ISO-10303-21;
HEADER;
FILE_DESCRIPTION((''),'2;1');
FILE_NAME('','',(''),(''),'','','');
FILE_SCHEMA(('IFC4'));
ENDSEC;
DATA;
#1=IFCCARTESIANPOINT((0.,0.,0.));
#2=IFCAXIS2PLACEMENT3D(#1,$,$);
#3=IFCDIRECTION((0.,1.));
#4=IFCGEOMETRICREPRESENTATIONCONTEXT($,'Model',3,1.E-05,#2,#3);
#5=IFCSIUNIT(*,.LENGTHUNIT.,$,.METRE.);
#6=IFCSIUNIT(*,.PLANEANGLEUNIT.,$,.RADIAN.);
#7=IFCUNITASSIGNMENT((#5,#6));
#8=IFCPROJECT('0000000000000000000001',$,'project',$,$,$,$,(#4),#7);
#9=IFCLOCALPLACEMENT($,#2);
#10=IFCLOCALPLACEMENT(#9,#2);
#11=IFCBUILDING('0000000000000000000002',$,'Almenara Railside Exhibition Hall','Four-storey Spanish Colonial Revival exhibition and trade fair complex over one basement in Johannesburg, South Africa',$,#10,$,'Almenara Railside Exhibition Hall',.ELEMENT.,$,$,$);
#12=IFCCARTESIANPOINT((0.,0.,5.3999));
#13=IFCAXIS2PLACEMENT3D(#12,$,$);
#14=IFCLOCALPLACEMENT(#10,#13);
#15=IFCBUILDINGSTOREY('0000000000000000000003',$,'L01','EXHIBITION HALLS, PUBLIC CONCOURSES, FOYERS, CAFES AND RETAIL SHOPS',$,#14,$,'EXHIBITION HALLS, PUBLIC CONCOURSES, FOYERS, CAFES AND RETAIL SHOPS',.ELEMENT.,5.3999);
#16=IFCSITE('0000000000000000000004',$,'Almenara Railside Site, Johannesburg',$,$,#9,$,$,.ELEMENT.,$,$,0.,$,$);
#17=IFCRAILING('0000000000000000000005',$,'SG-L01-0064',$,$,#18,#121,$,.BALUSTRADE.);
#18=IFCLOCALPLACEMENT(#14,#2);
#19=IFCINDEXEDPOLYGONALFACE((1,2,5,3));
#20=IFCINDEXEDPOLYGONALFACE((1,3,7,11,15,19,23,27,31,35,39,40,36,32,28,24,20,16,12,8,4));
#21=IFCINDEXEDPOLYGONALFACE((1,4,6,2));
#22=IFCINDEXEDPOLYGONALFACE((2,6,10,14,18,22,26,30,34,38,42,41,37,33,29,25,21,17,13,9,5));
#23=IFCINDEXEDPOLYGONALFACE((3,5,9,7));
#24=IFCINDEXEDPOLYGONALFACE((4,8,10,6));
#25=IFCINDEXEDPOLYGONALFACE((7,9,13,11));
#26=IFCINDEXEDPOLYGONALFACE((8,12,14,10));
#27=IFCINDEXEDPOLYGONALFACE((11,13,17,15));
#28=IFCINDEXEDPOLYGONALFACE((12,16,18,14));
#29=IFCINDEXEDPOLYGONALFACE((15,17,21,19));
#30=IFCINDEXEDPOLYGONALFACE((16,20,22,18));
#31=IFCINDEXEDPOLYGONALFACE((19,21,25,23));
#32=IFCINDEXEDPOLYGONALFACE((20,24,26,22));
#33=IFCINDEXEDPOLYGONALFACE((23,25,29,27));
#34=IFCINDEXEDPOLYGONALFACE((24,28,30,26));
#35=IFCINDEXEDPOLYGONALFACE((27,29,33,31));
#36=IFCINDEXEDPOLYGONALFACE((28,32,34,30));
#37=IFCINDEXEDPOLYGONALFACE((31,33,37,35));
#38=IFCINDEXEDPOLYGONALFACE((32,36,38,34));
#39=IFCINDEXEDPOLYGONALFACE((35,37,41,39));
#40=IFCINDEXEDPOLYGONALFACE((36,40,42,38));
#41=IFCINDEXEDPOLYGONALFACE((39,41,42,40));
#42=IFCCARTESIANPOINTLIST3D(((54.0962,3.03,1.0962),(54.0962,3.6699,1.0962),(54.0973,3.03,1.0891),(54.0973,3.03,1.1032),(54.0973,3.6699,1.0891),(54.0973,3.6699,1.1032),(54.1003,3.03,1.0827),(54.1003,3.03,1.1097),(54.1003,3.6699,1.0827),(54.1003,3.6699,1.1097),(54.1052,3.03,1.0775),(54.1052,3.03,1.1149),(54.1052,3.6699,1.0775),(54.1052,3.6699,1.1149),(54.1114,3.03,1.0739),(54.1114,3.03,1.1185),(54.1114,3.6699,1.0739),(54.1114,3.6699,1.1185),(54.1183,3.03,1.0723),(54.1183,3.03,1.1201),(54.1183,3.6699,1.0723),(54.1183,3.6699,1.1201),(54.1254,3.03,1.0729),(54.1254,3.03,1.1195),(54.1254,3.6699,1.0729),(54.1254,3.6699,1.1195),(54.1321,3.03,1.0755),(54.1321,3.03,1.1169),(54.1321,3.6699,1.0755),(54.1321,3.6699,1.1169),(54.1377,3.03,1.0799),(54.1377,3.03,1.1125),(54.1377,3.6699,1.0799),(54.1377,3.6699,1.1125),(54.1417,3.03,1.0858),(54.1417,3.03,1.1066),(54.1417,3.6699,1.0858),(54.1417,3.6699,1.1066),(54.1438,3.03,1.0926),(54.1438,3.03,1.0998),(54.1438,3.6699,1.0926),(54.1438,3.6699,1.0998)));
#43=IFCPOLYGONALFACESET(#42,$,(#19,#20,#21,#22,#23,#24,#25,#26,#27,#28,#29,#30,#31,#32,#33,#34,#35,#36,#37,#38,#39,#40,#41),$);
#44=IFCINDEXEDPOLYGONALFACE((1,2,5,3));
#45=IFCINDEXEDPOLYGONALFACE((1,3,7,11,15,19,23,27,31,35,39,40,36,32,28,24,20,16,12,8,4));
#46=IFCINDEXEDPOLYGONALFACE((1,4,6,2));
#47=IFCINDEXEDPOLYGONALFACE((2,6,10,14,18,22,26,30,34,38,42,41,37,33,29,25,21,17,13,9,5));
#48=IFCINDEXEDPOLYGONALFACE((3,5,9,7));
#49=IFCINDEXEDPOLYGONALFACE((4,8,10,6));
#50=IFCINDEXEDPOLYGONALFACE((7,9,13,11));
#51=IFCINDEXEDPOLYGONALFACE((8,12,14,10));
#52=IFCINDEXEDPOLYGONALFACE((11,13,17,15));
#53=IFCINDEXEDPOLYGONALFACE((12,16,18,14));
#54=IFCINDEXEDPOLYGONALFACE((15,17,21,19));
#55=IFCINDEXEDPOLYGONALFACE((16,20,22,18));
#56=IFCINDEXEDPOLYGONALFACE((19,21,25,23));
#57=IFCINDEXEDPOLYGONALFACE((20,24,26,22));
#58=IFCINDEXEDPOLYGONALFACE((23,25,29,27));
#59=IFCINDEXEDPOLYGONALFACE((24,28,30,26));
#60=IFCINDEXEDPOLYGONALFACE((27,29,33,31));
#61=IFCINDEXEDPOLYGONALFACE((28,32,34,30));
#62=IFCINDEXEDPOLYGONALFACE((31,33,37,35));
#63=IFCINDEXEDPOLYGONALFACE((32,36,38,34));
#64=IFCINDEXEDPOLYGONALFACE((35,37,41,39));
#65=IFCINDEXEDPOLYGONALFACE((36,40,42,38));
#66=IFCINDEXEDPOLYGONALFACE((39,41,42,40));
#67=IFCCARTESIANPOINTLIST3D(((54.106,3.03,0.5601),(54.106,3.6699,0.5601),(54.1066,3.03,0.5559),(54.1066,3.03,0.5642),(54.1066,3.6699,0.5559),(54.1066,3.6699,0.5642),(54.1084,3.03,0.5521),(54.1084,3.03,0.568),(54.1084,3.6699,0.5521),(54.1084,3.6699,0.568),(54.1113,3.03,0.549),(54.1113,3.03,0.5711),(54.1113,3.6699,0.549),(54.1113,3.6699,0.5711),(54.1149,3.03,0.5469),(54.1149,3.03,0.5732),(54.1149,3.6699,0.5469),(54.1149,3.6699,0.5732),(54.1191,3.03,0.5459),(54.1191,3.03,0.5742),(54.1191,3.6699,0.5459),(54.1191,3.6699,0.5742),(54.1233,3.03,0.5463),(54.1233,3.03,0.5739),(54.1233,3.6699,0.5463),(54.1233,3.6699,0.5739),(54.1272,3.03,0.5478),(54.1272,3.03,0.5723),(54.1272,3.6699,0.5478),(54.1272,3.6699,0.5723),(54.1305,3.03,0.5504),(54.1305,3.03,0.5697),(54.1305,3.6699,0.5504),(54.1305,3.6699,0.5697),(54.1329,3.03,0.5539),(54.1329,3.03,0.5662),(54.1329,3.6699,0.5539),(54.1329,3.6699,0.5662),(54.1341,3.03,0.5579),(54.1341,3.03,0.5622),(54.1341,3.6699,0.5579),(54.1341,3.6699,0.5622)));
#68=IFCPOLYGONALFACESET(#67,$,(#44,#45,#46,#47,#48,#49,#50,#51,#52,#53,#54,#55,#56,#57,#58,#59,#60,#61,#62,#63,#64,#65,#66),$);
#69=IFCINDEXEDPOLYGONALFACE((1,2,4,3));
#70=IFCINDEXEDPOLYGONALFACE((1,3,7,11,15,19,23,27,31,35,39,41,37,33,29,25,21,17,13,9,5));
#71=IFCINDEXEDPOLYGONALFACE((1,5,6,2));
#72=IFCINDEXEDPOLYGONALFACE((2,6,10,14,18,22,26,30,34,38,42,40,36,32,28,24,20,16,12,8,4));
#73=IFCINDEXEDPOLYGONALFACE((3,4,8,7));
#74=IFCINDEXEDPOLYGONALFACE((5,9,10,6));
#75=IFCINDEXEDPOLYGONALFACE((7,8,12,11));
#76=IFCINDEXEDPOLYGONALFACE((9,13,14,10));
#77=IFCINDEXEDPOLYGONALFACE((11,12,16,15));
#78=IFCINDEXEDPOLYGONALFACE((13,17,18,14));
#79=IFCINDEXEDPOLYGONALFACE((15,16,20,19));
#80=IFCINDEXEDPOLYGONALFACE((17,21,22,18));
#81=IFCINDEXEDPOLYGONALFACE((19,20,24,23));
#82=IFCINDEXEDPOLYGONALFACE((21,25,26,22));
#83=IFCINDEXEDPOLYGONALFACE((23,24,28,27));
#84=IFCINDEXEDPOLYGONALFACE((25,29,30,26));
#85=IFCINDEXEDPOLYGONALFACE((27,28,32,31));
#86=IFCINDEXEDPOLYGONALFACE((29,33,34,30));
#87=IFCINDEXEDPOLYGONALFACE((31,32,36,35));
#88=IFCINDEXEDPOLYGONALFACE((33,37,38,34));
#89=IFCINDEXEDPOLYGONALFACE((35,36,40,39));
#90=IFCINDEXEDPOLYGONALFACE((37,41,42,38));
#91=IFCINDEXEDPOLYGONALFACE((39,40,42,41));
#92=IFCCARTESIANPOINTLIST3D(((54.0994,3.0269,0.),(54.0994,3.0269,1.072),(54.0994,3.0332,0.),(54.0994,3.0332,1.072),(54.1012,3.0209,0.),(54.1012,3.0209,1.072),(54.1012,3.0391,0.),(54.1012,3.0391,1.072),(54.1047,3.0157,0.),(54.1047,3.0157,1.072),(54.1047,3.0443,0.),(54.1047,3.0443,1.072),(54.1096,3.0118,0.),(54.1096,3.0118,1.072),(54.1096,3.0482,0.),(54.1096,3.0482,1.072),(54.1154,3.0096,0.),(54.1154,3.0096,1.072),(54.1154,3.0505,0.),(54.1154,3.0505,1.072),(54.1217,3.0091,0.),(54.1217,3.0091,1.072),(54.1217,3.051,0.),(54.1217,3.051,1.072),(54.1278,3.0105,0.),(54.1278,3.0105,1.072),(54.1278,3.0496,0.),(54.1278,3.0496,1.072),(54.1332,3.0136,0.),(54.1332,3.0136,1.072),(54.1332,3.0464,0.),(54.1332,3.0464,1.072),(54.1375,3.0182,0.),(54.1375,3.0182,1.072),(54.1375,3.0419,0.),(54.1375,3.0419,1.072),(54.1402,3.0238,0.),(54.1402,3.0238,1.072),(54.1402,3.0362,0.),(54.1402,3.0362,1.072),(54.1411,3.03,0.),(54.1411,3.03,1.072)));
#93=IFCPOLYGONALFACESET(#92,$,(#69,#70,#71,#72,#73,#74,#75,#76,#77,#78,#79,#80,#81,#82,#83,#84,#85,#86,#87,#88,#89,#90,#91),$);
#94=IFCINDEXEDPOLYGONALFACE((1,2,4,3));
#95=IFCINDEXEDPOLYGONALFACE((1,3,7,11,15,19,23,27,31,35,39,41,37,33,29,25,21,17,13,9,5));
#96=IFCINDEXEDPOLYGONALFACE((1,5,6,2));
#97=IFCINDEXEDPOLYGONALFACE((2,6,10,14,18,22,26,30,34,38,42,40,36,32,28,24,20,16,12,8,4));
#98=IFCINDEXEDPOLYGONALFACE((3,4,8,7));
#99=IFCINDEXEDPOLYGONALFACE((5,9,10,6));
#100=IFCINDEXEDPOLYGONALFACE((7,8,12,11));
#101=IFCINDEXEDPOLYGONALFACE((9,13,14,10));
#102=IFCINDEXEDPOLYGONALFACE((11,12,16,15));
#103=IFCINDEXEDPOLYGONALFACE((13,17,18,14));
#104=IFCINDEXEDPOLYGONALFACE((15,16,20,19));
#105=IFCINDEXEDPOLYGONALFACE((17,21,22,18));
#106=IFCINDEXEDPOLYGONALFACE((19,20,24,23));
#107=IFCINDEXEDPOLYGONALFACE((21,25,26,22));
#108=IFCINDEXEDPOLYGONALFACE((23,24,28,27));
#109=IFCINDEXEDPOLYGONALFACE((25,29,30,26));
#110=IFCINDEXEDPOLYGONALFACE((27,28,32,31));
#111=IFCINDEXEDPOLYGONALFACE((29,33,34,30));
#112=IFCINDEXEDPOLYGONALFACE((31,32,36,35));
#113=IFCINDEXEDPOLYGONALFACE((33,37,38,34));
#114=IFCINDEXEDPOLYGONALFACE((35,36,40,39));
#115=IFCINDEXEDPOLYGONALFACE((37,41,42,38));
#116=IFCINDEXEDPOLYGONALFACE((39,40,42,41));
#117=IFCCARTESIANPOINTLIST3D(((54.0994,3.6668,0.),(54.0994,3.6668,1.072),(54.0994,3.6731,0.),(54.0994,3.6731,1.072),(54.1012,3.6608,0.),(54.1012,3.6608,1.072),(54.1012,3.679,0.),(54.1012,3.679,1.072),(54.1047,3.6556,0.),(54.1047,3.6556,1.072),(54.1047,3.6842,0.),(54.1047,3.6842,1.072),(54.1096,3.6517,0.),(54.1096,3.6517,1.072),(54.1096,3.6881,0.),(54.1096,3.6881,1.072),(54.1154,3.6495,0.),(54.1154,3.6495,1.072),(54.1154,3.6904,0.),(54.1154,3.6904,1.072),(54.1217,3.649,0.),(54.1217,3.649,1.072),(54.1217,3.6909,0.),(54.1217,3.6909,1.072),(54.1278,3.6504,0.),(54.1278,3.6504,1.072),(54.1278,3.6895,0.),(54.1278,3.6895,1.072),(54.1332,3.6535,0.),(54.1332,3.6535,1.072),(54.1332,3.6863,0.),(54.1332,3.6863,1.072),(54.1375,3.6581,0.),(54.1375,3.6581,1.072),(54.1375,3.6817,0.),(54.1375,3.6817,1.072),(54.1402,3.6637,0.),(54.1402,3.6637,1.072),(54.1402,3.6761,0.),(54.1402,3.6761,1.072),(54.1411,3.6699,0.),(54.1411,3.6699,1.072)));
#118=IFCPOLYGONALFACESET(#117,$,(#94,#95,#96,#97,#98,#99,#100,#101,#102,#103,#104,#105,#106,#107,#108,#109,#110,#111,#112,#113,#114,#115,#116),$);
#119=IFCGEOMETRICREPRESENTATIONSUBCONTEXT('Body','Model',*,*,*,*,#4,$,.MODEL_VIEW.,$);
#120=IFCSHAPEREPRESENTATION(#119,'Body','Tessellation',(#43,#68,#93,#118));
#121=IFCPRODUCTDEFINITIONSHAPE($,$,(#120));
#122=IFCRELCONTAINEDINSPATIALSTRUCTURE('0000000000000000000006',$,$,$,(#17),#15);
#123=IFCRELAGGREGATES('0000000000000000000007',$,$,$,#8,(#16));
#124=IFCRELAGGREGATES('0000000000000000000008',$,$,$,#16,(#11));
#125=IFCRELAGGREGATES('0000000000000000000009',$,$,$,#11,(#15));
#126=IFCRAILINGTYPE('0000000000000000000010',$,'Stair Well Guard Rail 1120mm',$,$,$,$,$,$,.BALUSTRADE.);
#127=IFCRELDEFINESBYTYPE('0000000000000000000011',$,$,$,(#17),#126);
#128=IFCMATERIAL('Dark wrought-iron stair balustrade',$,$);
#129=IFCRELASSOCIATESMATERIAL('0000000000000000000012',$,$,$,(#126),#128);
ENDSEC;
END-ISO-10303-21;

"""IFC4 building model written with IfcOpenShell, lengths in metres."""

from ifc_helpers import new_model, si_unit, direction, frame, origin, origin_2d, place, context, subcontext, project, spatial, circle, extrude, material, type_object, element, save


model = new_model("IFC4")

# Units and contexts
model_context = context("Model", 3, precision=1e-05, world=origin(), true_north=direction((0.0, 1.0)))
body_context = subcontext(model_context, "Body", "Model", "MODEL_VIEW")
ifc_project = project(units=[si_unit("LENGTHUNIT", "METRE"), si_unit("PLANEANGLEUNIT", "RADIAN")], contexts=[model_context])

# Site, building, storey
site_placement = place(None, origin())
site = spatial("IfcSite", under=ifc_project, at=site_placement, Name="Almenara Railside Site, Johannesburg", CompositionType="ELEMENT", RefElevation=0.0)
building_placement = place(site_placement, origin())
building = spatial("IfcBuilding", under=site, at=building_placement, Name="Almenara Railside Exhibition Hall", Description="Four-storey Spanish Colonial Revival exhibition and trade fair complex over one basement in Johannesburg, South Africa", LongName="Almenara Railside Exhibition Hall", CompositionType="ELEMENT")
storey_placement = place(building_placement, frame((0.0, 0.0, 5.3999)))
storey = spatial("IfcBuildingStorey", under=building, at=storey_placement, Name="L01", Description="EXHIBITION HALLS, PUBLIC CONCOURSES, FOYERS, CAFES AND RETAIL SHOPS", LongName="EXHIBITION HALLS, PUBLIC CONCOURSES, FOYERS, CAFES AND RETAIL SHOPS", CompositionType="ELEMENT", Elevation=5.3999)

# Railing
ifc_material_1 = material(Name="Dark wrought-iron stair balustrade")
railing_type_1 = type_object("IfcRailingType", Name="Stair Well Guard Rail 1120mm", PredefinedType="BALUSTRADE", material=ifc_material_1)
railing_1_placement = place(storey_placement, frame((54.1201, 3.03, 0.0)))
element("IfcRailing", 1, at=railing_1_placement, inside=storey, type_object=railing_type_1, Name="SG-L01-0064", PredefinedType="BALUSTRADE", context=body_context, shape_type="SweptSolid", body=[
    extrude(circle(Radius=0.0239, at=origin_2d()), frame((0.0, 0.0, 1.0962), z_axis=(0.0, 1.0, 0.0), x_axis=(-1.0, 0.0, 0.0)), (0.0, 0.0, 1.0), 0.6399),
    extrude(circle(Radius=0.0142, at=origin_2d()), frame((0.0, 0.0, 0.5601), z_axis=(0.0, 1.0, 0.0), x_axis=(-1.0, 0.0, 0.0)), (0.0, 0.0, 1.0), 0.6399),
    extrude(circle(Radius=0.021, at=origin_2d()), origin(), (0.0, 0.0, 1.0), 1.072),
    extrude(circle(Radius=0.021, at=origin_2d()), frame((0.0, 0.6399, 0.0)), (0.0, 0.0, 1.0), 1.072),
])

save(model, "model.ifc")
